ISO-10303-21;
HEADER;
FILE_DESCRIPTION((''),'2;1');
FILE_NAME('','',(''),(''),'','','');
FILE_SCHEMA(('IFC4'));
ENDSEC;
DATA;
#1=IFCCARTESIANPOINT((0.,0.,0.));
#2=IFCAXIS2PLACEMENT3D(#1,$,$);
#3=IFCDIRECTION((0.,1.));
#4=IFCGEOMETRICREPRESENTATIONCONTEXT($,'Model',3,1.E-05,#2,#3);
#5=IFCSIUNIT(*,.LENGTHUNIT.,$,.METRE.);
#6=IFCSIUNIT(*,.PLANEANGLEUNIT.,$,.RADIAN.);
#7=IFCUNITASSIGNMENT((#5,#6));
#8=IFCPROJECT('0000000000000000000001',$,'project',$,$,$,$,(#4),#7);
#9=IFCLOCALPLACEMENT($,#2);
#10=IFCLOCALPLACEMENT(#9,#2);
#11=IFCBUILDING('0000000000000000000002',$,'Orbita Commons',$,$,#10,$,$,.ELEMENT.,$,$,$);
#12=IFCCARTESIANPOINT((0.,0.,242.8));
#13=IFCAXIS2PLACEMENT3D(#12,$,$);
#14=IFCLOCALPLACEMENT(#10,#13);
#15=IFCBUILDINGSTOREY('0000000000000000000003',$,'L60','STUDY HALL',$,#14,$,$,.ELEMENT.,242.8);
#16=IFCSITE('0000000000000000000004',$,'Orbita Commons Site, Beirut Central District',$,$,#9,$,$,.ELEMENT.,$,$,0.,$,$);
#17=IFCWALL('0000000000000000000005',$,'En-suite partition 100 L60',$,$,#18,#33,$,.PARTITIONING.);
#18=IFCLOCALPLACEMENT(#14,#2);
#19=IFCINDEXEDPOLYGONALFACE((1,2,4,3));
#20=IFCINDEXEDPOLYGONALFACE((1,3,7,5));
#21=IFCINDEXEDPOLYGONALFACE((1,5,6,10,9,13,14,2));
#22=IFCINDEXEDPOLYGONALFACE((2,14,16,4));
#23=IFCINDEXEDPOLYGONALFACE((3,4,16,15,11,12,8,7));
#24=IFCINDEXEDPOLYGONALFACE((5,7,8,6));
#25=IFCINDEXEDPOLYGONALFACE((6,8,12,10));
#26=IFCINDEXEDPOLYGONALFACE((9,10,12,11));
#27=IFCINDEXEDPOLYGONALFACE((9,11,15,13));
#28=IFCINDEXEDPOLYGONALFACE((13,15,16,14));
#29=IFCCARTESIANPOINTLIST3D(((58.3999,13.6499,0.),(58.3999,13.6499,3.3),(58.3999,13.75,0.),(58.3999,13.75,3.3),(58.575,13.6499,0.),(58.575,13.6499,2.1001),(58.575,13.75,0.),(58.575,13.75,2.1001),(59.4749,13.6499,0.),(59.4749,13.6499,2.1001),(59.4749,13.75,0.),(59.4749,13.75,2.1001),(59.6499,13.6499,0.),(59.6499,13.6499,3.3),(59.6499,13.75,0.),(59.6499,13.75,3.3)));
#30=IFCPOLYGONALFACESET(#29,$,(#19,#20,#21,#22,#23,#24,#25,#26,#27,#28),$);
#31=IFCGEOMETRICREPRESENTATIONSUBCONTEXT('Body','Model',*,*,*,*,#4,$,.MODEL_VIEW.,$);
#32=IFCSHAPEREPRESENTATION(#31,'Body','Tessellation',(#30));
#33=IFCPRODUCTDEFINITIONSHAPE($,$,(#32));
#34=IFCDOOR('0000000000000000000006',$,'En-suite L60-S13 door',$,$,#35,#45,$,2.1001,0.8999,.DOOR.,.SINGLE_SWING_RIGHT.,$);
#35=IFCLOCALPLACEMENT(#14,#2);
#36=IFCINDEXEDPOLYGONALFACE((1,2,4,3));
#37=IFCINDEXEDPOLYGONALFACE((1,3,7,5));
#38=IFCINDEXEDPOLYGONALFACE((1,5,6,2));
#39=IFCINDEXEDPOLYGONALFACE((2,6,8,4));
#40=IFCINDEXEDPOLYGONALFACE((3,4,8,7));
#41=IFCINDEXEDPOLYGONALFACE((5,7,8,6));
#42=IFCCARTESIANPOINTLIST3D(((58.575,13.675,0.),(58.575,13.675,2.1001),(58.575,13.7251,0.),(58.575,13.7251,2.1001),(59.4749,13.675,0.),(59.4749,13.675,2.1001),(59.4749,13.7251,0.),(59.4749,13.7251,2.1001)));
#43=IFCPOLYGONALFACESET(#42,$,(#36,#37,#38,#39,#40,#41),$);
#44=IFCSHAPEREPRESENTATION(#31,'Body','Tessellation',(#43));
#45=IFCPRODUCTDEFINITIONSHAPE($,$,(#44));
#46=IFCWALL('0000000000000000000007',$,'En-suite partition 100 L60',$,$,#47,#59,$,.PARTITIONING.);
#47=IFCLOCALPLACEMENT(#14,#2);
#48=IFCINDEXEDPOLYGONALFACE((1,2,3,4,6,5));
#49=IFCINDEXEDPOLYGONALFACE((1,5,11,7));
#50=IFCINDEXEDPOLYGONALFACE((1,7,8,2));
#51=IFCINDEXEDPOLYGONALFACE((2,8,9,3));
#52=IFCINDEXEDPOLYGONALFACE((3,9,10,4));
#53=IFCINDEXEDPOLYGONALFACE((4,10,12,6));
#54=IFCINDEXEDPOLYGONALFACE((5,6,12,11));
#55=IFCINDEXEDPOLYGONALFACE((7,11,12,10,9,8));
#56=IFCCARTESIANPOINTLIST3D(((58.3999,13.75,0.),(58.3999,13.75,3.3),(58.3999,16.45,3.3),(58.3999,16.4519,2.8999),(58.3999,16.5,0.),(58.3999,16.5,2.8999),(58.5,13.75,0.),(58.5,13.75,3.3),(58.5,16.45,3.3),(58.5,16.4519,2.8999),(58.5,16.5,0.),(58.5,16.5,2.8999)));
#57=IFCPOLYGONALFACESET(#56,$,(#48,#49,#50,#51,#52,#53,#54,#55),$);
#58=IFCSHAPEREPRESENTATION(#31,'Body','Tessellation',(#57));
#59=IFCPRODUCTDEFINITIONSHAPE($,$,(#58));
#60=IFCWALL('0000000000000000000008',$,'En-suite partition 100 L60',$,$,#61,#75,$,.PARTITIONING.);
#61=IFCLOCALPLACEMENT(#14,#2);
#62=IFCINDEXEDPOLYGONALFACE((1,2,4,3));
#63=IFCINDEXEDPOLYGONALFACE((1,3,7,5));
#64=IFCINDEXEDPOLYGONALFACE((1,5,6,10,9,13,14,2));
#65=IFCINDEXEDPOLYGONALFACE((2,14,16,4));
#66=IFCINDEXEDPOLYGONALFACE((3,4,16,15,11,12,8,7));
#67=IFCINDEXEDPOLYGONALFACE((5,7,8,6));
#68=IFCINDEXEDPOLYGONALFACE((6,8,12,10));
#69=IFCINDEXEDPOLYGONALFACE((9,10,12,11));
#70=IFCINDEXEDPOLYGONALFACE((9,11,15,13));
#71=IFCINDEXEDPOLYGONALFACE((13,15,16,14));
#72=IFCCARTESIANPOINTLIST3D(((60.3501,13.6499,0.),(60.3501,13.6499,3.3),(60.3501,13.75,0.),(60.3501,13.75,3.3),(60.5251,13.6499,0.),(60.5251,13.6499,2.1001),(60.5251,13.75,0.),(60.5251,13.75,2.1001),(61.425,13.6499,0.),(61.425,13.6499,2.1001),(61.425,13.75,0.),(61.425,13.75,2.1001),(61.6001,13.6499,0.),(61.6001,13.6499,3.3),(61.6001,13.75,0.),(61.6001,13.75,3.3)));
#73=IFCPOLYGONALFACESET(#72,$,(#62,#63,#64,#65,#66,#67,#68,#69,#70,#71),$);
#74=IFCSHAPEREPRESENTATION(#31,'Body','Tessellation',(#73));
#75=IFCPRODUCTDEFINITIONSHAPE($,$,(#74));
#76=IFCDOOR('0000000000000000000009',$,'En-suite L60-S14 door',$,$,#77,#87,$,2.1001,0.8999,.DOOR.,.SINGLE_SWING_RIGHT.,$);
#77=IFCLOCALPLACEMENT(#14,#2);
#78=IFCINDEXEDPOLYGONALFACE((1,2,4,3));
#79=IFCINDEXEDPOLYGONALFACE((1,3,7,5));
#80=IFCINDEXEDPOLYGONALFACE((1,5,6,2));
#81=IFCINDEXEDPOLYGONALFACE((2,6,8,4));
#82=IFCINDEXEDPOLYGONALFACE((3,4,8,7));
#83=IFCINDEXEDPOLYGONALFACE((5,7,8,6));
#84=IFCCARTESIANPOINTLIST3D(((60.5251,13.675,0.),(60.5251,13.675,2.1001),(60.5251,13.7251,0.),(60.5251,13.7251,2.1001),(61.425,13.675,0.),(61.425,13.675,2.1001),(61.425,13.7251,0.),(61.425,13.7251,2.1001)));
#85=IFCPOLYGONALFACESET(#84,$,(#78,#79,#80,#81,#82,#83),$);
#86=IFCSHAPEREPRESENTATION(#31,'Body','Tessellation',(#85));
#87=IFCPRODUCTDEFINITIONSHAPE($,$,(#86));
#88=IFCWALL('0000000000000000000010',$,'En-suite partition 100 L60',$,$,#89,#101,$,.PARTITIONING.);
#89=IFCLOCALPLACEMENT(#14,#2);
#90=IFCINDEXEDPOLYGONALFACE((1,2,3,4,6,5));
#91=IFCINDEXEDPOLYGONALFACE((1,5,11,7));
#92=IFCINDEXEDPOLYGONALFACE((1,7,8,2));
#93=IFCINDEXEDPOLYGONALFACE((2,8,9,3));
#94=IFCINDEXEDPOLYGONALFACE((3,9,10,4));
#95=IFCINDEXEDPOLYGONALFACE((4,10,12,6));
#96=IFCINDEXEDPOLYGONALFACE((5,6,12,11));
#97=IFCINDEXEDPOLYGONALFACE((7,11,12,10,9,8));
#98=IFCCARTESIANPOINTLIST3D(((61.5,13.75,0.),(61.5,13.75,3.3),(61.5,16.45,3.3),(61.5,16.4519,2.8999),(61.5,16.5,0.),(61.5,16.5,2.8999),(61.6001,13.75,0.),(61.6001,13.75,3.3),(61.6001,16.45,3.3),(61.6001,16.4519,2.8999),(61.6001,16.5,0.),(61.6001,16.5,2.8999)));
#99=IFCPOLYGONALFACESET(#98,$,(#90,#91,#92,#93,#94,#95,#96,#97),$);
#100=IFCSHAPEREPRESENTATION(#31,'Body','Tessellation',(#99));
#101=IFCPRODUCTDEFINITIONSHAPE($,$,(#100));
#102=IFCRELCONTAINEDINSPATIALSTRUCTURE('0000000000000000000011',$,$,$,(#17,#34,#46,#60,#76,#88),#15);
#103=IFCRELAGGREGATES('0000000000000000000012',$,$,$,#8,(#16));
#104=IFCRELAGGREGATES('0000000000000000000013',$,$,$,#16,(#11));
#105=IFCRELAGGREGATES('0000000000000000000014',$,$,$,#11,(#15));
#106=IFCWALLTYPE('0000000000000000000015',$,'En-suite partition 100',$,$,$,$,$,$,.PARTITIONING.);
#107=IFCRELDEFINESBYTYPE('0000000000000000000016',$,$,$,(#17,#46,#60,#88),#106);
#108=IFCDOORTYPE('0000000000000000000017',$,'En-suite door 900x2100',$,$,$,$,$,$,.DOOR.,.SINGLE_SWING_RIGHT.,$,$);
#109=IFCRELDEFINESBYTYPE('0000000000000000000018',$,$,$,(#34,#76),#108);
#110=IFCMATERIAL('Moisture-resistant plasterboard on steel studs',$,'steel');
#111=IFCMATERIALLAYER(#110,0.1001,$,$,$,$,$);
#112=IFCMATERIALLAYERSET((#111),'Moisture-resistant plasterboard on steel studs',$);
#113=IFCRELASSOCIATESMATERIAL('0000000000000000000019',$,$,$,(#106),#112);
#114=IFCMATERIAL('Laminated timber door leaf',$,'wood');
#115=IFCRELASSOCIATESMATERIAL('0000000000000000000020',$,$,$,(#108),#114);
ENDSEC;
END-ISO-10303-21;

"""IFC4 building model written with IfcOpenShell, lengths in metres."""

from ifc_helpers import new_model, si_unit, direction, frame, frame_2d, origin, place, context, subcontext, project, spatial, polyline, rectangle, outline, extrude, material, layer, layer_set, type_object, element, fill, save


model = new_model("IFC4")

# Units and contexts
model_context = context("Model", 3, precision=1e-05, world=origin(), true_north=direction((0.0, 1.0)))
body_context = subcontext(model_context, "Body", "Model", "MODEL_VIEW")
ifc_project = project(units=[si_unit("LENGTHUNIT", "METRE"), si_unit("PLANEANGLEUNIT", "RADIAN")], contexts=[model_context])

# Site, building, storey
site_placement = place(None, origin())
site = spatial("IfcSite", under=ifc_project, at=site_placement, Name="Orbita Commons Site, Beirut Central District", CompositionType="ELEMENT", RefElevation=0.0)
building_placement = place(site_placement, origin())
building = spatial("IfcBuilding", under=site, at=building_placement, Name="Orbita Commons", CompositionType="ELEMENT")
storey_placement = place(building_placement, frame((0.0, 0.0, 242.8)))
storey = spatial("IfcBuildingStorey", under=building, at=storey_placement, Name="L60", Description="STUDY HALL", CompositionType="ELEMENT", Elevation=242.8)

# Wall, opening, door
ifc_material_1 = material(Name="Moisture-resistant plasterboard on steel studs", Category="steel")
ifc_layer_1 = layer(ifc_material_1, 0.1001)
ifc_layer_set_1 = layer_set([ifc_layer_1], Name="Moisture-resistant plasterboard on steel studs")
wall_type_1 = type_object("IfcWallType", Name="En-suite partition 100", PredefinedType="PARTITIONING", material=ifc_layer_set_1)
wall_1_placement = place(storey_placement, frame((59.6499, 13.7, 0.0), z_axis=(0.0, 0.0, 1.0), x_axis=(-1.0, 0.0, 0.0)))
wall_1 = element("IfcWall", 1, at=wall_1_placement, inside=storey, type_object=wall_type_1, Name="En-suite partition 100 L60", PredefinedType="PARTITIONING", context=body_context, shape_type="SweptSolid", body=[
    extrude(rectangle(XDim=1.25, YDim=0.1001, at=frame_2d((0.625, 0.0))), origin(), (0.0, 0.0, 1.0), 3.3),
])
opening_1_placement = place(wall_1_placement, frame((0.175, 0.0, 0.0)))
opening_1 = element("IfcOpeningElement", 2, at=opening_1_placement, cuts=wall_1, PredefinedType="OPENING", context=body_context, shape_type="SweptSolid", body=[
    extrude(rectangle(XDim=0.8999, YDim=2.1001, at=frame_2d((0.45, 1.05))), frame((0.0, 0.0601, 0.0), z_axis=(0.0, -1.0, 0.0), x_axis=(1.0, 0.0, 0.0)), (0.0, 0.0, 1.0), 0.1201),
])
ifc_material_2 = material(Name="Laminated timber door leaf", Category="wood")
door_type_1 = type_object("IfcDoorType", Name="En-suite door 900x2100", OperationType="SINGLE_SWING_RIGHT", PredefinedType="DOOR", material=ifc_material_2)
door_1_placement = place(opening_1_placement, origin())
door_1 = element("IfcDoor", 3, at=door_1_placement, inside=storey, type_object=door_type_1, Name="En-suite L60-S13 door", OperationType="SINGLE_SWING_RIGHT", OverallHeight=2.1001, OverallWidth=0.8999, PredefinedType="DOOR", context=body_context, shape_type="SweptSolid", body=[
    extrude(rectangle(XDim=0.8999, YDim=2.1001, at=frame_2d((0.45, 1.05))), frame((0.0, 0.0249, 0.0), z_axis=(0.0, -1.0, 0.0), x_axis=(1.0, 0.0, 0.0)), (0.0, 0.0, 1.0), 0.05),
])
fill(opening_1, door_1)

# Wall
wall_2_placement = place(storey_placement, frame((58.45, 13.75, 0.0), z_axis=(0.0, 0.0, 1.0), x_axis=(0.0, 1.0, 0.0)))
element("IfcWall", 4, at=wall_2_placement, inside=storey, type_object=wall_type_1, Name="En-suite partition 100 L60", PredefinedType="PARTITIONING", context=body_context, shape_type="SweptSolid", body=[
    extrude(outline(polyline([(0.0, 0.0), (2.75, 0.0), (2.75, 2.8999), (2.7019, 2.8999), (2.7, 3.3), (0.0, 3.3), (0.0, 0.0)])), frame((0.0, 0.05, 0.0), z_axis=(0.0, -1.0, 0.0), x_axis=(1.0, 0.0, 0.0)), (0.0, 0.0, 1.0), 0.1001),
])

# Wall, opening, door
wall_3_placement = place(storey_placement, frame((61.6001, 13.7, 0.0), z_axis=(0.0, 0.0, 1.0), x_axis=(-1.0, 0.0, 0.0)))
wall_3 = element("IfcWall", 5, at=wall_3_placement, inside=storey, type_object=wall_type_1, Name="En-suite partition 100 L60", PredefinedType="PARTITIONING", context=body_context, shape_type="SweptSolid", body=[
    extrude(rectangle(XDim=1.25, YDim=0.1001, at=frame_2d((0.625, 0.0))), origin(), (0.0, 0.0, 1.0), 3.3),
])
opening_2_placement = place(wall_3_placement, frame((0.175, 0.0, 0.0)))
opening_2 = element("IfcOpeningElement", 6, at=opening_2_placement, cuts=wall_3, PredefinedType="OPENING", context=body_context, shape_type="SweptSolid", body=[
    extrude(rectangle(XDim=0.8999, YDim=2.1001, at=frame_2d((0.45, 1.05))), frame((0.0, 0.0601, 0.0), z_axis=(0.0, -1.0, 0.0), x_axis=(1.0, 0.0, 0.0)), (0.0, 0.0, 1.0), 0.1201),
])
door_2_placement = place(opening_2_placement, origin())
door_2 = element("IfcDoor", 7, at=door_2_placement, inside=storey, type_object=door_type_1, Name="En-suite L60-S14 door", OperationType="SINGLE_SWING_RIGHT", OverallHeight=2.1001, OverallWidth=0.8999, PredefinedType="DOOR", context=body_context, shape_type="SweptSolid", body=[
    extrude(rectangle(XDim=0.8999, YDim=2.1001, at=frame_2d((0.45, 1.05))), frame((0.0, 0.0249, 0.0), z_axis=(0.0, -1.0, 0.0), x_axis=(1.0, 0.0, 0.0)), (0.0, 0.0, 1.0), 0.05),
])
fill(opening_2, door_2)

# Wall
wall_4_placement = place(storey_placement, frame((61.55, 13.75, 0.0), z_axis=(0.0, 0.0, 1.0), x_axis=(0.0, 1.0, 0.0)))
element("IfcWall", 8, at=wall_4_placement, inside=storey, type_object=wall_type_1, Name="En-suite partition 100 L60", PredefinedType="PARTITIONING", context=body_context, shape_type="SweptSolid", body=[
    extrude(outline(polyline([(0.0, 0.0), (2.75, 0.0), (2.75, 2.8999), (2.7019, 2.8999), (2.7, 3.3), (0.0, 3.3), (0.0, 0.0)])), frame((0.0, 0.05, 0.0), z_axis=(0.0, -1.0, 0.0), x_axis=(1.0, 0.0, 0.0)), (0.0, 0.0, 1.0), 0.1001),
])

save(model, "model.ifc")
